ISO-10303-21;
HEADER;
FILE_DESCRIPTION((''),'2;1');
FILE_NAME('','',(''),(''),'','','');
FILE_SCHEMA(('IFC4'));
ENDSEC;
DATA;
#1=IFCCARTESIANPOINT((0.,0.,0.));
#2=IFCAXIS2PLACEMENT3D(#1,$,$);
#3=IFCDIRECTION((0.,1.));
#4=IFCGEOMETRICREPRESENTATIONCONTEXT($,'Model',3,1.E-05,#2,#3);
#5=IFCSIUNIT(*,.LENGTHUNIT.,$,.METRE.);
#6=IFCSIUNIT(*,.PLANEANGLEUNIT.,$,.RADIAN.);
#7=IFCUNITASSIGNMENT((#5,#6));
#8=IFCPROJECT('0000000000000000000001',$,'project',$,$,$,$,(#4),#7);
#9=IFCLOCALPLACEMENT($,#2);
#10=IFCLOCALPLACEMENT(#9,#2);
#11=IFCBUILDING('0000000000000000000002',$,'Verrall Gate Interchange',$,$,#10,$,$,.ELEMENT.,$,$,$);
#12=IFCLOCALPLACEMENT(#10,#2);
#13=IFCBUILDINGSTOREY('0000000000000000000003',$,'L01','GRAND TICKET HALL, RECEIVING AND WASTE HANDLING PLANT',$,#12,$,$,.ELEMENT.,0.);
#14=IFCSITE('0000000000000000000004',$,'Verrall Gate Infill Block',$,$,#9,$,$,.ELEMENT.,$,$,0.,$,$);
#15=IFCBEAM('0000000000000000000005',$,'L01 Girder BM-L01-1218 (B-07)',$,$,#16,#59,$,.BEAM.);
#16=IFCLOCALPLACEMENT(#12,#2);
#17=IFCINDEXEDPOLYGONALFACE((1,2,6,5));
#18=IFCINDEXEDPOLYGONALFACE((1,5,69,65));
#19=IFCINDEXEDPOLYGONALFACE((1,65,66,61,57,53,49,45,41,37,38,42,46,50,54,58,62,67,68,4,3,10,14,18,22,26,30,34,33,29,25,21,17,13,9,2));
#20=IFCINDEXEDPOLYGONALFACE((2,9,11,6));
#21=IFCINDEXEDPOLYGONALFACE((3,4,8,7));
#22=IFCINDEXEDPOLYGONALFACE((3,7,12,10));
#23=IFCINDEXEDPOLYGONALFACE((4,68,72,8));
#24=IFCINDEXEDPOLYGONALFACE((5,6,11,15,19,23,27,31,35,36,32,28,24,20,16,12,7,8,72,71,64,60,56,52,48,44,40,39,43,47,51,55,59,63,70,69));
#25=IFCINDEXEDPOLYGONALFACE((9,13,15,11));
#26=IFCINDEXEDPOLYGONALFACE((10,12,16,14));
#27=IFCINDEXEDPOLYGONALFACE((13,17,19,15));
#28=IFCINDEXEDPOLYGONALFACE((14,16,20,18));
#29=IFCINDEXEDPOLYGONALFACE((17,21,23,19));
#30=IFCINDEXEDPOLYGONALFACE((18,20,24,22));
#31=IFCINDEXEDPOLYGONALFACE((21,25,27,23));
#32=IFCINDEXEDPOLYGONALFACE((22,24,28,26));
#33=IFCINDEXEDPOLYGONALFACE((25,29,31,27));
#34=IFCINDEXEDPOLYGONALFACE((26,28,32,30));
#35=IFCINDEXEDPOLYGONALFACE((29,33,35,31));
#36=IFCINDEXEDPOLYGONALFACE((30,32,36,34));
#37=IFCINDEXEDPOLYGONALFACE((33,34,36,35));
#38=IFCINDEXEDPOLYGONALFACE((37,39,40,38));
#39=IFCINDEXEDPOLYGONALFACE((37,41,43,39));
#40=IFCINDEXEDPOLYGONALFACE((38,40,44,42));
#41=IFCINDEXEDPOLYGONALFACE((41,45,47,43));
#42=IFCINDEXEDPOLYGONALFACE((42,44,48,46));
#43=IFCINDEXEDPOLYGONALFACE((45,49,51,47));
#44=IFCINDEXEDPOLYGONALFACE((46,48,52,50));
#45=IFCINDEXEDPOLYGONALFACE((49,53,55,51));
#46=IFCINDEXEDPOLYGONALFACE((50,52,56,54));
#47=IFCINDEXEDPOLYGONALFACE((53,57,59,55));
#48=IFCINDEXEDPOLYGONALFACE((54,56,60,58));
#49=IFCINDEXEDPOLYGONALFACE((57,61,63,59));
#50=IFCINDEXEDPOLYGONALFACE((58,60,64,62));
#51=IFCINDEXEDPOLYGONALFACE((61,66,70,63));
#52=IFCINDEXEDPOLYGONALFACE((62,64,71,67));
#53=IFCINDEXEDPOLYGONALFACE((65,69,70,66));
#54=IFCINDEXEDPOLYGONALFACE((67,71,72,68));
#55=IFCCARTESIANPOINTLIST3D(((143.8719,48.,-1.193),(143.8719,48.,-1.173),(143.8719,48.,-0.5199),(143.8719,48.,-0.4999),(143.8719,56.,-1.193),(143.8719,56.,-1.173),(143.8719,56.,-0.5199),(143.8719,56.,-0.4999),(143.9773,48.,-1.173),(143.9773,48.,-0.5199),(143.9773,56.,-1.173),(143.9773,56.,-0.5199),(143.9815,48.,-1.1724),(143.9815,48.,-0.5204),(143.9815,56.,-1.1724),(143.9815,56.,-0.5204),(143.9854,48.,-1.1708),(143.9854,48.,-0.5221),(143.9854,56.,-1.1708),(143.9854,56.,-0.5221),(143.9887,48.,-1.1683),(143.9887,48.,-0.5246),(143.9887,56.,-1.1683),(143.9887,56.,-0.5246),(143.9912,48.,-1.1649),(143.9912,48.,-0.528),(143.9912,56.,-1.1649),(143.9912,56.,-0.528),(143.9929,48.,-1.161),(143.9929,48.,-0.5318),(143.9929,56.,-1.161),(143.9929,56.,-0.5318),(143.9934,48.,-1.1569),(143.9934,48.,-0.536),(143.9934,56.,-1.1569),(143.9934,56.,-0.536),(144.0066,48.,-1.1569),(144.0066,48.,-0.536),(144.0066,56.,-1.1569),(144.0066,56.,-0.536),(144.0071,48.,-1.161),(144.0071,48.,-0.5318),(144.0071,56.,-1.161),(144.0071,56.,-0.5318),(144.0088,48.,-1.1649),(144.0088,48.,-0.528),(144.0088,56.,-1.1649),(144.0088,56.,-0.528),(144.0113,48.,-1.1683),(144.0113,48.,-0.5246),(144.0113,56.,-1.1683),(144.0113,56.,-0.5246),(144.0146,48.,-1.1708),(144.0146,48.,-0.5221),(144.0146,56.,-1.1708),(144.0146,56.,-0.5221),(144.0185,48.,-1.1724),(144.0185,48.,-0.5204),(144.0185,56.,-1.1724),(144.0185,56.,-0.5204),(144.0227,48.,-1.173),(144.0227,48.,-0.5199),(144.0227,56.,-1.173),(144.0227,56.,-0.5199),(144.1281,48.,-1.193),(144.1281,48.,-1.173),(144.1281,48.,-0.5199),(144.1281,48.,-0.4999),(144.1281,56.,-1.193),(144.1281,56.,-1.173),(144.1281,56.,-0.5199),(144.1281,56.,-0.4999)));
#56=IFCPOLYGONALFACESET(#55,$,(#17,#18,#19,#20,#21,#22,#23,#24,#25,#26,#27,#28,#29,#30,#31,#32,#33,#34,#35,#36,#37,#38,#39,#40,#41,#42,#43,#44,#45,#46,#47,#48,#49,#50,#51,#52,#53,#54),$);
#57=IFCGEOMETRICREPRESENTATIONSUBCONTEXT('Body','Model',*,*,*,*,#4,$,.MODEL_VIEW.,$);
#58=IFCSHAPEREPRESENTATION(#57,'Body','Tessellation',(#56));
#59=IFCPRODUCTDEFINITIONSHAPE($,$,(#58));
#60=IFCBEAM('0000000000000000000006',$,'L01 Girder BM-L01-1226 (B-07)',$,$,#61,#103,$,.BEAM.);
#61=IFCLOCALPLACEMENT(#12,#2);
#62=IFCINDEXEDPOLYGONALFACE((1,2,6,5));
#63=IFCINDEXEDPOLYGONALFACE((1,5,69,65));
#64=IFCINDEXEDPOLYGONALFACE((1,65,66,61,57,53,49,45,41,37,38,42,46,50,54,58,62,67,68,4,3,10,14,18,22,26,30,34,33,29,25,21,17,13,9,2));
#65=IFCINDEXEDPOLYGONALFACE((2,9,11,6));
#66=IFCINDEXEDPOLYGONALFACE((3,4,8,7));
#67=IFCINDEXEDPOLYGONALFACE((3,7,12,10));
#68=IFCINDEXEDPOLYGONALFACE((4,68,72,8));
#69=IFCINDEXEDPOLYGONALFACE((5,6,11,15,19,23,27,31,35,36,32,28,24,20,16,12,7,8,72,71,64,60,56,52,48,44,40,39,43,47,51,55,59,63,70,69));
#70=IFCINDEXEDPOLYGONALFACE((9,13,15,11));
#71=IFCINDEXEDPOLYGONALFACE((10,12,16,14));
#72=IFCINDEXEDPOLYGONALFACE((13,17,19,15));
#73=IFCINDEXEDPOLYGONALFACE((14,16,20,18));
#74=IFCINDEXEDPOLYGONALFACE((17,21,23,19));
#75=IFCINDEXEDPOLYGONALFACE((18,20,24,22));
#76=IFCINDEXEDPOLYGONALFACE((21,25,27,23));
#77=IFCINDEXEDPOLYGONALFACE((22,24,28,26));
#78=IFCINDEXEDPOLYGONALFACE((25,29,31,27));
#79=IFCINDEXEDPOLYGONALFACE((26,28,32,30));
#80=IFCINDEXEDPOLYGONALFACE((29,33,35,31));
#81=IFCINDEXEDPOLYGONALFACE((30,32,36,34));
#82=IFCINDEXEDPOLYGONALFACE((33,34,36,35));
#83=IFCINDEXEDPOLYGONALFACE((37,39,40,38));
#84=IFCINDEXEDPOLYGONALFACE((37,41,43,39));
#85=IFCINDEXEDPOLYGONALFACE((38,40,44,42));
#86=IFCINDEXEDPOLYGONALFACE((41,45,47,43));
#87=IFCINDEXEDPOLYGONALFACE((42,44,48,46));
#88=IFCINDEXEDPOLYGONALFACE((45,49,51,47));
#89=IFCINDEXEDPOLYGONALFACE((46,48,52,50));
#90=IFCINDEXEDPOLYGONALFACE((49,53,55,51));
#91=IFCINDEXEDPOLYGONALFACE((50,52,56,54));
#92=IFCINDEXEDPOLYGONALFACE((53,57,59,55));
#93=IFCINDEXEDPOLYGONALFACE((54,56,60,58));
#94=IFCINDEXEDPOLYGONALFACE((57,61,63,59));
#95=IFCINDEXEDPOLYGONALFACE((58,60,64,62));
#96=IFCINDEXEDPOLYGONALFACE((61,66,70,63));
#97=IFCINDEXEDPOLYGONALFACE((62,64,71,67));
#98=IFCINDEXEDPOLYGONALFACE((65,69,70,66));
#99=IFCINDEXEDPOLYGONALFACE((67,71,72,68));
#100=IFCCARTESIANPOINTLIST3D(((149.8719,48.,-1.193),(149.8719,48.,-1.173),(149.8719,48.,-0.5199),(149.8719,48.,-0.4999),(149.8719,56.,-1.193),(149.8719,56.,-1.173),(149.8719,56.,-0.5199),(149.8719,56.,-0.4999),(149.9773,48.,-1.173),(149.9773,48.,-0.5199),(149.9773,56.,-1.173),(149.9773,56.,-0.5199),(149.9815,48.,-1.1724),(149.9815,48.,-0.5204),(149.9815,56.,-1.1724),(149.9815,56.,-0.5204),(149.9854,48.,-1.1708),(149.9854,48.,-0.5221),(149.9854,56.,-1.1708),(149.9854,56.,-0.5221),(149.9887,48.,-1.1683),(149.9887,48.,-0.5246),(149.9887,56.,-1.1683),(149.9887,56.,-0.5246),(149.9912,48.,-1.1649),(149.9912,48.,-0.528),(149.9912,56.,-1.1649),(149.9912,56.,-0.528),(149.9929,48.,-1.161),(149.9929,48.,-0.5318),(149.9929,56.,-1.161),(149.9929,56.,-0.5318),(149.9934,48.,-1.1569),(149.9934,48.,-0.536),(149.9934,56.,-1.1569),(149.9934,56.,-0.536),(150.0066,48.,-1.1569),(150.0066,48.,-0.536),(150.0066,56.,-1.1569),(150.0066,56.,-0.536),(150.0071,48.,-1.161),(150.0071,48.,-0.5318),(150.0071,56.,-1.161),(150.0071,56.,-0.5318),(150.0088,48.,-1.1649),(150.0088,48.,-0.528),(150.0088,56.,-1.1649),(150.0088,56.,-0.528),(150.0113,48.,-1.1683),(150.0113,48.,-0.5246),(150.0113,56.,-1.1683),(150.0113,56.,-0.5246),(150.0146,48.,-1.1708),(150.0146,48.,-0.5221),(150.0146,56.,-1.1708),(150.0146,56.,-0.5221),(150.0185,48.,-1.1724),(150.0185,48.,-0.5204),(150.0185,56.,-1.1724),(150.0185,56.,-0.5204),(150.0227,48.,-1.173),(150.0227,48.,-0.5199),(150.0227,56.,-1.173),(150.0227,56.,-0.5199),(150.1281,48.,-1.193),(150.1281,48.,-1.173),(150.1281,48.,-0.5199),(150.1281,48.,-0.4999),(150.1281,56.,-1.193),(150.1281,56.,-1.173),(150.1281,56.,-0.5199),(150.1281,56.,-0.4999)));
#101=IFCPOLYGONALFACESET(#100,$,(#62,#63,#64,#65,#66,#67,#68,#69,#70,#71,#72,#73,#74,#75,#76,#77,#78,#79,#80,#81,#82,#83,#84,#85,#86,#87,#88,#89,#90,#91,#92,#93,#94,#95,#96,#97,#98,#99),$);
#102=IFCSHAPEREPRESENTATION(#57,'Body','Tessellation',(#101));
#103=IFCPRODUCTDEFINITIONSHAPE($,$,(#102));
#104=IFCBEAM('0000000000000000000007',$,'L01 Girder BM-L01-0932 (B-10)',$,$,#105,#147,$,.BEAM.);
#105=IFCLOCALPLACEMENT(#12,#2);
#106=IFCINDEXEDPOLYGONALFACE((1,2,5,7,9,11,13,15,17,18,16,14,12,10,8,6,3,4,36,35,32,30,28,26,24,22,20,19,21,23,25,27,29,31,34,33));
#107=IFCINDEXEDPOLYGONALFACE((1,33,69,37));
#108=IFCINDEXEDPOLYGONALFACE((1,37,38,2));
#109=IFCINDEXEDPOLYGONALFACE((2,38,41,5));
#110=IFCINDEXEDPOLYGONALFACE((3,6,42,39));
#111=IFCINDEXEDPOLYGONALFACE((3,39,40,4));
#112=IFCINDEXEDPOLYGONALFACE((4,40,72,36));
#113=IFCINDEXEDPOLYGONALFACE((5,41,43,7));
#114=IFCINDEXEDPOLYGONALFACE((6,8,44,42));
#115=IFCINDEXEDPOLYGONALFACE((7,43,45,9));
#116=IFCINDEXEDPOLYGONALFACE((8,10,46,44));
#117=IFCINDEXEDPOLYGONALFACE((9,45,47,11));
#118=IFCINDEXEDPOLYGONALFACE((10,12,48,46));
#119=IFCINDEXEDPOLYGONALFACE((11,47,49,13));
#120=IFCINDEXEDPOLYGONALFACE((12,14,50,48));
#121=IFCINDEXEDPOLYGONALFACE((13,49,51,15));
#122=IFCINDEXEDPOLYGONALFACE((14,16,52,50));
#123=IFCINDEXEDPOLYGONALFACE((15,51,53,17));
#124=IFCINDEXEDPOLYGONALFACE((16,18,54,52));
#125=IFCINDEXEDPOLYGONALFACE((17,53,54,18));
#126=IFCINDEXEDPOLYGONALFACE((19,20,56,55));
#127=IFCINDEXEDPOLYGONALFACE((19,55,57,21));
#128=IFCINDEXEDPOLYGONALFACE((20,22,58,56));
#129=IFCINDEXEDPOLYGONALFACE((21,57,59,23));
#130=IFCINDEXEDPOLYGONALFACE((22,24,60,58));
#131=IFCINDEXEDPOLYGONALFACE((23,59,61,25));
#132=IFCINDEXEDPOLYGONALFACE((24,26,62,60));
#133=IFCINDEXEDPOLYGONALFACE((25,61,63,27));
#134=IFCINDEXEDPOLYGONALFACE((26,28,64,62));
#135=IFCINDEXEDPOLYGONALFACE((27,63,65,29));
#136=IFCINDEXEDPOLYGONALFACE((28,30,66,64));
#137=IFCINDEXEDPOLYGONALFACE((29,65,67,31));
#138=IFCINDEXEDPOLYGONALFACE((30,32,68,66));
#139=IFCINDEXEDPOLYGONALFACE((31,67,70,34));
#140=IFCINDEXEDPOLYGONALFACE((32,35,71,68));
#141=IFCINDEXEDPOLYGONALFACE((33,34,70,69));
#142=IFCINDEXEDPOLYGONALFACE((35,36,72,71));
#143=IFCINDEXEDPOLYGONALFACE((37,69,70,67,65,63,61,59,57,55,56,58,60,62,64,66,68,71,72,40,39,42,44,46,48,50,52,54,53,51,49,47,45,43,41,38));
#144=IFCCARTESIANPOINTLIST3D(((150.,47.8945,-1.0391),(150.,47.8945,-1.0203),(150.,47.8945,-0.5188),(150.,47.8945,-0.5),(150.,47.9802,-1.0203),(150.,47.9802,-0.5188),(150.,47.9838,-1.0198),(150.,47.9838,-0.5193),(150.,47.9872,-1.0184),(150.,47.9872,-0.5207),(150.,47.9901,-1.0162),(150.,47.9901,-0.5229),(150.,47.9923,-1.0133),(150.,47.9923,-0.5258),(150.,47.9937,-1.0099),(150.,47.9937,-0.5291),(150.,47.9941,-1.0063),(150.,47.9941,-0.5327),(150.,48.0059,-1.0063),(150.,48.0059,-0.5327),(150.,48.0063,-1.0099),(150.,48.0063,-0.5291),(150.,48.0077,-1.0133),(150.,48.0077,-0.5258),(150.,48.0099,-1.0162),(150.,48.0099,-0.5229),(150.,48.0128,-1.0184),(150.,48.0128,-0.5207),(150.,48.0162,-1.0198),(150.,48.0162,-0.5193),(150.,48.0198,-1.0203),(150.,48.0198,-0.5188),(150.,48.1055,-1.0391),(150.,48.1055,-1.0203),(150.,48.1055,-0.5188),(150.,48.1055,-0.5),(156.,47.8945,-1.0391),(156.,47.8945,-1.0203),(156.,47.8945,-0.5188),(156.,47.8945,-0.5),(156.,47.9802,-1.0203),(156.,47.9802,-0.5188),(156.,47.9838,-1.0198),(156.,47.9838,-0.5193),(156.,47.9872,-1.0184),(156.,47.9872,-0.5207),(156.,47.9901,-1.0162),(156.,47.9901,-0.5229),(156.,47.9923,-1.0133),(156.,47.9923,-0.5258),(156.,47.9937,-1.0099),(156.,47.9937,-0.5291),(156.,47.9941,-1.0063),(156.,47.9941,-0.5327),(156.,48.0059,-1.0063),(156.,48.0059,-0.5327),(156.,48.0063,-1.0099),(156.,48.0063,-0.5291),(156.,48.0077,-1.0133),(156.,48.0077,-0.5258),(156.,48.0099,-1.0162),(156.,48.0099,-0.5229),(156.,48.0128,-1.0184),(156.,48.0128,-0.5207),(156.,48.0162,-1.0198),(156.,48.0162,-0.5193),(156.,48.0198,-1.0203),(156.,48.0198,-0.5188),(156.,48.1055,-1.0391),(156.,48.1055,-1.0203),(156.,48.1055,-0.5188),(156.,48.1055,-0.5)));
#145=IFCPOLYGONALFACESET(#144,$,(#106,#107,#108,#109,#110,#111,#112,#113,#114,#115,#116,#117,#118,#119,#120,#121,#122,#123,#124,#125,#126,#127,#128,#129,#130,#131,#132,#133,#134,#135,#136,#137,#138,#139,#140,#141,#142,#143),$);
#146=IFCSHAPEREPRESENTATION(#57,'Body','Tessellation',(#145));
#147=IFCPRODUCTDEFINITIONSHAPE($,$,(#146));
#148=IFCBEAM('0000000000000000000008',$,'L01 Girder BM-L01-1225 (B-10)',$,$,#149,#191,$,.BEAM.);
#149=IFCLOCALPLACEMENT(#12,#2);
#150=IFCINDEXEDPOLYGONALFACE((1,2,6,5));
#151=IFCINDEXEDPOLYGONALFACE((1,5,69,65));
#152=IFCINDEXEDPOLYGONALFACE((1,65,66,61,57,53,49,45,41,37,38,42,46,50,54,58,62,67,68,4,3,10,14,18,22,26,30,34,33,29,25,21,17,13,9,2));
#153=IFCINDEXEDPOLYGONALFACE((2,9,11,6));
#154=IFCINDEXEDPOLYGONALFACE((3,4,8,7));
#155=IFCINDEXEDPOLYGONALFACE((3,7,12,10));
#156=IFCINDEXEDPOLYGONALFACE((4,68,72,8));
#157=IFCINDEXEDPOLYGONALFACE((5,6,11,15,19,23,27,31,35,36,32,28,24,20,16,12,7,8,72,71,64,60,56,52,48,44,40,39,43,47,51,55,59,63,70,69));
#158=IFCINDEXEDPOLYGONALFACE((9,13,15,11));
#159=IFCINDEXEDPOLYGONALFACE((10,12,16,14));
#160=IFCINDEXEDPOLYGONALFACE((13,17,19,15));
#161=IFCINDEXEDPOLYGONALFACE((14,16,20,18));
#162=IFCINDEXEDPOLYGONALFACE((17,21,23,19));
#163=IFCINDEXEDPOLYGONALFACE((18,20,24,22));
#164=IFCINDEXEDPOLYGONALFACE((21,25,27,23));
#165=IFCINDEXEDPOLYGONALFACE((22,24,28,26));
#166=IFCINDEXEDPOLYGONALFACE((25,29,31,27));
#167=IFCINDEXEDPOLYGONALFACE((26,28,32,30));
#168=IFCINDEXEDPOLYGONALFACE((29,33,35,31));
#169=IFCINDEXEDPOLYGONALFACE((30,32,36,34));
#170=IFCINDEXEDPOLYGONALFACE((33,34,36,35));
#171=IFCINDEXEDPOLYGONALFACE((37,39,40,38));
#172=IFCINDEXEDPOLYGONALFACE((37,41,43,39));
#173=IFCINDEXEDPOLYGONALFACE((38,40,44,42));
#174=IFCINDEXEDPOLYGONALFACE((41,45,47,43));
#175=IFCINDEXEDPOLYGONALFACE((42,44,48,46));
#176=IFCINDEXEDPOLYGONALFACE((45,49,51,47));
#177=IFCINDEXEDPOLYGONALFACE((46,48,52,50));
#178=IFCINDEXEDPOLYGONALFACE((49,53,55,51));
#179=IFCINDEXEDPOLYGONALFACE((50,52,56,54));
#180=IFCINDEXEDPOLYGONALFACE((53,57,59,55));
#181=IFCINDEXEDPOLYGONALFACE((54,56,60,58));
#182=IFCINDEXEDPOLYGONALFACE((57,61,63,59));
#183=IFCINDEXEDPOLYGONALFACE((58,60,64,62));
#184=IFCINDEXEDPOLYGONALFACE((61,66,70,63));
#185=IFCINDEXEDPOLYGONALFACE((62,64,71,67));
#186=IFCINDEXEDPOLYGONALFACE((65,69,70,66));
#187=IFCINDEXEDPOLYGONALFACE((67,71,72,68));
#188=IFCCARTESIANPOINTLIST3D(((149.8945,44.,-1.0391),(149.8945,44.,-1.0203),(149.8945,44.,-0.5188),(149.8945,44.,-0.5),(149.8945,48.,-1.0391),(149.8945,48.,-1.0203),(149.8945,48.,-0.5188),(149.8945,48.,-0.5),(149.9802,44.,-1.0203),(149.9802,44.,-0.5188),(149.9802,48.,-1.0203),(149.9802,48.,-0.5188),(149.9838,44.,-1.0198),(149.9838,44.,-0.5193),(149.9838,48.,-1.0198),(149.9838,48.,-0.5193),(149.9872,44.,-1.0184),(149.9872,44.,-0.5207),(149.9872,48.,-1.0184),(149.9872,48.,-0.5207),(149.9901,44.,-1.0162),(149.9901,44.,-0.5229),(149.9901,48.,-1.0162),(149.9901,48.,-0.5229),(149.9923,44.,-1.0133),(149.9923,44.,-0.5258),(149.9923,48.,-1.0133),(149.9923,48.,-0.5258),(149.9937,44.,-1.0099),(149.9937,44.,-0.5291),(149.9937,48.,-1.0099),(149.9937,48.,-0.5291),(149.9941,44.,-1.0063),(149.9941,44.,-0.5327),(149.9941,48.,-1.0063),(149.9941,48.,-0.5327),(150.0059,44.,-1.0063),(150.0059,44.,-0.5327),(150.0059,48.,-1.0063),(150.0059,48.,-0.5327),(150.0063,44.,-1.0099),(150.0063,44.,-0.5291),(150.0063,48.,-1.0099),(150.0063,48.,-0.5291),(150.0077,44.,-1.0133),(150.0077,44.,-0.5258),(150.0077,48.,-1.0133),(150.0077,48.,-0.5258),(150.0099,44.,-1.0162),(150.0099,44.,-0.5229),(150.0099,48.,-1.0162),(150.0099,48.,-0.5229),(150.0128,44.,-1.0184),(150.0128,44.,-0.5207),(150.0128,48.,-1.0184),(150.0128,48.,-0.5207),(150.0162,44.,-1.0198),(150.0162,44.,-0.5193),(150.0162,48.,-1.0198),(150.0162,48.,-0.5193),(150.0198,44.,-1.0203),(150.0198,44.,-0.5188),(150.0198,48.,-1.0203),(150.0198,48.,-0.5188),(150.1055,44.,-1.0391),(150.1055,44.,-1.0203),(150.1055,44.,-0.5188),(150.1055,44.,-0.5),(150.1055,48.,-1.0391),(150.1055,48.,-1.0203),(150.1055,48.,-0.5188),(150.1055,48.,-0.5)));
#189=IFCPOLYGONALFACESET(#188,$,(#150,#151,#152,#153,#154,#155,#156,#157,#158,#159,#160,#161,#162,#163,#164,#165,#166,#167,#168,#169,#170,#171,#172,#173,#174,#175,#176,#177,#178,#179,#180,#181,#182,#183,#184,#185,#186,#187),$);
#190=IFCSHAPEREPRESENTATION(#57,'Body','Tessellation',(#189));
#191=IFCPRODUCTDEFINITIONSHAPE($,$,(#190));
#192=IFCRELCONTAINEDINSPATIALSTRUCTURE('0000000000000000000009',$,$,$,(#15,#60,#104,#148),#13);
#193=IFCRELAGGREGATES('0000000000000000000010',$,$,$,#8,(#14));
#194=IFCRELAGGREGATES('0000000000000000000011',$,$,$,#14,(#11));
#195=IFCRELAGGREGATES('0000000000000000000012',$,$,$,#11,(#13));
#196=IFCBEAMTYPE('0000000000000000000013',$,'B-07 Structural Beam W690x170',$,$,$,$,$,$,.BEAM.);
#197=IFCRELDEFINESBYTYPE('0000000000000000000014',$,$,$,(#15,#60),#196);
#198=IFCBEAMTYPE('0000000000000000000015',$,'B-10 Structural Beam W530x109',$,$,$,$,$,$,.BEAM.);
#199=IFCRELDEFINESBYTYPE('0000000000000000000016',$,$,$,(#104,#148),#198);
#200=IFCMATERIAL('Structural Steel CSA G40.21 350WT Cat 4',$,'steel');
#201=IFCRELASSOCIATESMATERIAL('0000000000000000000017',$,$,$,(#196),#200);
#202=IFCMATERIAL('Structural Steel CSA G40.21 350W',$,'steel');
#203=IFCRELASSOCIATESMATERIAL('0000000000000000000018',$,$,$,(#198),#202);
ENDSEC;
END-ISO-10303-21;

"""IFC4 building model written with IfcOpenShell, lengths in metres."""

from ifc_helpers import new_model, si_unit, direction, frame, origin, origin_2d, place, context, subcontext, project, spatial, i_section, extrude, material, material_profile, profile_set, type_object, element, save


model = new_model("IFC4")

# Units and contexts
model_context = context("Model", 3, precision=1e-05, world=origin(), true_north=direction((0.0, 1.0)))
body_context = subcontext(model_context, "Body", "Model", "MODEL_VIEW")
ifc_project = project(units=[si_unit("LENGTHUNIT", "METRE"), si_unit("PLANEANGLEUNIT", "RADIAN")], contexts=[model_context])

# Site, building, storey
site_placement = place(None, origin())
site = spatial("IfcSite", under=ifc_project, at=site_placement, Name="Verrall Gate Infill Block", CompositionType="ELEMENT", RefElevation=0.0)
building_placement = place(site_placement, origin())
building = spatial("IfcBuilding", under=site, at=building_placement, Name="Verrall Gate Interchange", CompositionType="ELEMENT")
storey_placement = place(building_placement, origin())
storey = spatial("IfcBuildingStorey", under=building, at=storey_placement, Name="L01", Description="GRAND TICKET HALL, RECEIVING AND WASTE HANDLING PLANT", CompositionType="ELEMENT", Elevation=0.0)

# Beams
ifc_material_1 = material(Name="Structural Steel CSA G40.21 350WT Cat 4", Category="steel")
ifc_material_profile_1 = material_profile(ifc_material_1, i_section(OverallWidth=0.2561, OverallDepth=0.6931, WebThickness=0.0132, FlangeThickness=0.02, FilletRadius=0.0161, at=origin_2d()), Name="W690x170")
ifc_profile_set_1 = profile_set([ifc_material_profile_1], Name="Structural Steel CSA G40.21 350WT Cat 4")
beam_type_1 = type_object("IfcBeamType", Name="B-07 Structural Beam W690x170", PredefinedType="BEAM", material=ifc_profile_set_1)
for number, where, z_axis, x_axis, name in (
    (1, (144.0, 48.0, -0.8464), (0.0, 1.0, 0.0), (-1.0, 0.0, 0.0), "L01 Girder BM-L01-1218 (B-07)"),
    (2, (150.0, 48.0, -0.8464), (0.0, 1.0, 0.0), (-1.0, 0.0, 0.0), "L01 Girder BM-L01-1226 (B-07)"),
):
    element("IfcBeam", number, at=place(storey_placement, frame(where, z_axis=z_axis, x_axis=x_axis)), inside=storey, type_object=beam_type_1, Name=name, PredefinedType="BEAM", context=body_context, shape_type="SweptSolid", body=[
        extrude(i_section(OverallWidth=0.2561, OverallDepth=0.6931, WebThickness=0.0132, FlangeThickness=0.02, FilletRadius=0.0161, at=origin_2d()), origin(), (0.0, 0.0, 1.0), 8.0),
    ])
ifc_material_2 = material(Name="Structural Steel CSA G40.21 350W", Category="steel")
ifc_material_profile_2 = material_profile(ifc_material_2, i_section(OverallWidth=0.2109, OverallDepth=0.5391, WebThickness=0.0117, FlangeThickness=0.0188, FilletRadius=0.0139, at=origin_2d()), Name="W530x109")
ifc_profile_set_2 = profile_set([ifc_material_profile_2], Name="Structural Steel CSA G40.21 350W")
beam_type_2 = type_object("IfcBeamType", Name="B-10 Structural Beam W530x109", PredefinedType="BEAM", material=ifc_profile_set_2)
beam_1_placement = place(storey_placement, frame((150.0, 48.0, -0.7695), z_axis=(1.0, 0.0, 0.0), x_axis=(0.0, 1.0, 0.0)))
element("IfcBeam", 3, at=beam_1_placement, inside=storey, type_object=beam_type_2, Name="L01 Girder BM-L01-0932 (B-10)", PredefinedType="BEAM", context=body_context, shape_type="SweptSolid", body=[
    extrude(i_section(OverallWidth=0.2109, OverallDepth=0.5391, WebThickness=0.0117, FlangeThickness=0.0188, FilletRadius=0.0139, at=origin_2d()), origin(), (0.0, 0.0, 1.0), 6.0),
])
beam_2_placement = place(storey_placement, frame((150.0, 44.0, -0.7695), z_axis=(0.0, 1.0, 0.0), x_axis=(-1.0, 0.0, 0.0)))
element("IfcBeam", 4, at=beam_2_placement, inside=storey, type_object=beam_type_2, Name="L01 Girder BM-L01-1225 (B-10)", PredefinedType="BEAM", context=body_context, shape_type="SweptSolid", body=[
    extrude(i_section(OverallWidth=0.2109, OverallDepth=0.5391, WebThickness=0.0117, FlangeThickness=0.0188, FilletRadius=0.0139, at=origin_2d()), origin(), (0.0, 0.0, 1.0), 4.0),
])

save(model, "model.ifc")
